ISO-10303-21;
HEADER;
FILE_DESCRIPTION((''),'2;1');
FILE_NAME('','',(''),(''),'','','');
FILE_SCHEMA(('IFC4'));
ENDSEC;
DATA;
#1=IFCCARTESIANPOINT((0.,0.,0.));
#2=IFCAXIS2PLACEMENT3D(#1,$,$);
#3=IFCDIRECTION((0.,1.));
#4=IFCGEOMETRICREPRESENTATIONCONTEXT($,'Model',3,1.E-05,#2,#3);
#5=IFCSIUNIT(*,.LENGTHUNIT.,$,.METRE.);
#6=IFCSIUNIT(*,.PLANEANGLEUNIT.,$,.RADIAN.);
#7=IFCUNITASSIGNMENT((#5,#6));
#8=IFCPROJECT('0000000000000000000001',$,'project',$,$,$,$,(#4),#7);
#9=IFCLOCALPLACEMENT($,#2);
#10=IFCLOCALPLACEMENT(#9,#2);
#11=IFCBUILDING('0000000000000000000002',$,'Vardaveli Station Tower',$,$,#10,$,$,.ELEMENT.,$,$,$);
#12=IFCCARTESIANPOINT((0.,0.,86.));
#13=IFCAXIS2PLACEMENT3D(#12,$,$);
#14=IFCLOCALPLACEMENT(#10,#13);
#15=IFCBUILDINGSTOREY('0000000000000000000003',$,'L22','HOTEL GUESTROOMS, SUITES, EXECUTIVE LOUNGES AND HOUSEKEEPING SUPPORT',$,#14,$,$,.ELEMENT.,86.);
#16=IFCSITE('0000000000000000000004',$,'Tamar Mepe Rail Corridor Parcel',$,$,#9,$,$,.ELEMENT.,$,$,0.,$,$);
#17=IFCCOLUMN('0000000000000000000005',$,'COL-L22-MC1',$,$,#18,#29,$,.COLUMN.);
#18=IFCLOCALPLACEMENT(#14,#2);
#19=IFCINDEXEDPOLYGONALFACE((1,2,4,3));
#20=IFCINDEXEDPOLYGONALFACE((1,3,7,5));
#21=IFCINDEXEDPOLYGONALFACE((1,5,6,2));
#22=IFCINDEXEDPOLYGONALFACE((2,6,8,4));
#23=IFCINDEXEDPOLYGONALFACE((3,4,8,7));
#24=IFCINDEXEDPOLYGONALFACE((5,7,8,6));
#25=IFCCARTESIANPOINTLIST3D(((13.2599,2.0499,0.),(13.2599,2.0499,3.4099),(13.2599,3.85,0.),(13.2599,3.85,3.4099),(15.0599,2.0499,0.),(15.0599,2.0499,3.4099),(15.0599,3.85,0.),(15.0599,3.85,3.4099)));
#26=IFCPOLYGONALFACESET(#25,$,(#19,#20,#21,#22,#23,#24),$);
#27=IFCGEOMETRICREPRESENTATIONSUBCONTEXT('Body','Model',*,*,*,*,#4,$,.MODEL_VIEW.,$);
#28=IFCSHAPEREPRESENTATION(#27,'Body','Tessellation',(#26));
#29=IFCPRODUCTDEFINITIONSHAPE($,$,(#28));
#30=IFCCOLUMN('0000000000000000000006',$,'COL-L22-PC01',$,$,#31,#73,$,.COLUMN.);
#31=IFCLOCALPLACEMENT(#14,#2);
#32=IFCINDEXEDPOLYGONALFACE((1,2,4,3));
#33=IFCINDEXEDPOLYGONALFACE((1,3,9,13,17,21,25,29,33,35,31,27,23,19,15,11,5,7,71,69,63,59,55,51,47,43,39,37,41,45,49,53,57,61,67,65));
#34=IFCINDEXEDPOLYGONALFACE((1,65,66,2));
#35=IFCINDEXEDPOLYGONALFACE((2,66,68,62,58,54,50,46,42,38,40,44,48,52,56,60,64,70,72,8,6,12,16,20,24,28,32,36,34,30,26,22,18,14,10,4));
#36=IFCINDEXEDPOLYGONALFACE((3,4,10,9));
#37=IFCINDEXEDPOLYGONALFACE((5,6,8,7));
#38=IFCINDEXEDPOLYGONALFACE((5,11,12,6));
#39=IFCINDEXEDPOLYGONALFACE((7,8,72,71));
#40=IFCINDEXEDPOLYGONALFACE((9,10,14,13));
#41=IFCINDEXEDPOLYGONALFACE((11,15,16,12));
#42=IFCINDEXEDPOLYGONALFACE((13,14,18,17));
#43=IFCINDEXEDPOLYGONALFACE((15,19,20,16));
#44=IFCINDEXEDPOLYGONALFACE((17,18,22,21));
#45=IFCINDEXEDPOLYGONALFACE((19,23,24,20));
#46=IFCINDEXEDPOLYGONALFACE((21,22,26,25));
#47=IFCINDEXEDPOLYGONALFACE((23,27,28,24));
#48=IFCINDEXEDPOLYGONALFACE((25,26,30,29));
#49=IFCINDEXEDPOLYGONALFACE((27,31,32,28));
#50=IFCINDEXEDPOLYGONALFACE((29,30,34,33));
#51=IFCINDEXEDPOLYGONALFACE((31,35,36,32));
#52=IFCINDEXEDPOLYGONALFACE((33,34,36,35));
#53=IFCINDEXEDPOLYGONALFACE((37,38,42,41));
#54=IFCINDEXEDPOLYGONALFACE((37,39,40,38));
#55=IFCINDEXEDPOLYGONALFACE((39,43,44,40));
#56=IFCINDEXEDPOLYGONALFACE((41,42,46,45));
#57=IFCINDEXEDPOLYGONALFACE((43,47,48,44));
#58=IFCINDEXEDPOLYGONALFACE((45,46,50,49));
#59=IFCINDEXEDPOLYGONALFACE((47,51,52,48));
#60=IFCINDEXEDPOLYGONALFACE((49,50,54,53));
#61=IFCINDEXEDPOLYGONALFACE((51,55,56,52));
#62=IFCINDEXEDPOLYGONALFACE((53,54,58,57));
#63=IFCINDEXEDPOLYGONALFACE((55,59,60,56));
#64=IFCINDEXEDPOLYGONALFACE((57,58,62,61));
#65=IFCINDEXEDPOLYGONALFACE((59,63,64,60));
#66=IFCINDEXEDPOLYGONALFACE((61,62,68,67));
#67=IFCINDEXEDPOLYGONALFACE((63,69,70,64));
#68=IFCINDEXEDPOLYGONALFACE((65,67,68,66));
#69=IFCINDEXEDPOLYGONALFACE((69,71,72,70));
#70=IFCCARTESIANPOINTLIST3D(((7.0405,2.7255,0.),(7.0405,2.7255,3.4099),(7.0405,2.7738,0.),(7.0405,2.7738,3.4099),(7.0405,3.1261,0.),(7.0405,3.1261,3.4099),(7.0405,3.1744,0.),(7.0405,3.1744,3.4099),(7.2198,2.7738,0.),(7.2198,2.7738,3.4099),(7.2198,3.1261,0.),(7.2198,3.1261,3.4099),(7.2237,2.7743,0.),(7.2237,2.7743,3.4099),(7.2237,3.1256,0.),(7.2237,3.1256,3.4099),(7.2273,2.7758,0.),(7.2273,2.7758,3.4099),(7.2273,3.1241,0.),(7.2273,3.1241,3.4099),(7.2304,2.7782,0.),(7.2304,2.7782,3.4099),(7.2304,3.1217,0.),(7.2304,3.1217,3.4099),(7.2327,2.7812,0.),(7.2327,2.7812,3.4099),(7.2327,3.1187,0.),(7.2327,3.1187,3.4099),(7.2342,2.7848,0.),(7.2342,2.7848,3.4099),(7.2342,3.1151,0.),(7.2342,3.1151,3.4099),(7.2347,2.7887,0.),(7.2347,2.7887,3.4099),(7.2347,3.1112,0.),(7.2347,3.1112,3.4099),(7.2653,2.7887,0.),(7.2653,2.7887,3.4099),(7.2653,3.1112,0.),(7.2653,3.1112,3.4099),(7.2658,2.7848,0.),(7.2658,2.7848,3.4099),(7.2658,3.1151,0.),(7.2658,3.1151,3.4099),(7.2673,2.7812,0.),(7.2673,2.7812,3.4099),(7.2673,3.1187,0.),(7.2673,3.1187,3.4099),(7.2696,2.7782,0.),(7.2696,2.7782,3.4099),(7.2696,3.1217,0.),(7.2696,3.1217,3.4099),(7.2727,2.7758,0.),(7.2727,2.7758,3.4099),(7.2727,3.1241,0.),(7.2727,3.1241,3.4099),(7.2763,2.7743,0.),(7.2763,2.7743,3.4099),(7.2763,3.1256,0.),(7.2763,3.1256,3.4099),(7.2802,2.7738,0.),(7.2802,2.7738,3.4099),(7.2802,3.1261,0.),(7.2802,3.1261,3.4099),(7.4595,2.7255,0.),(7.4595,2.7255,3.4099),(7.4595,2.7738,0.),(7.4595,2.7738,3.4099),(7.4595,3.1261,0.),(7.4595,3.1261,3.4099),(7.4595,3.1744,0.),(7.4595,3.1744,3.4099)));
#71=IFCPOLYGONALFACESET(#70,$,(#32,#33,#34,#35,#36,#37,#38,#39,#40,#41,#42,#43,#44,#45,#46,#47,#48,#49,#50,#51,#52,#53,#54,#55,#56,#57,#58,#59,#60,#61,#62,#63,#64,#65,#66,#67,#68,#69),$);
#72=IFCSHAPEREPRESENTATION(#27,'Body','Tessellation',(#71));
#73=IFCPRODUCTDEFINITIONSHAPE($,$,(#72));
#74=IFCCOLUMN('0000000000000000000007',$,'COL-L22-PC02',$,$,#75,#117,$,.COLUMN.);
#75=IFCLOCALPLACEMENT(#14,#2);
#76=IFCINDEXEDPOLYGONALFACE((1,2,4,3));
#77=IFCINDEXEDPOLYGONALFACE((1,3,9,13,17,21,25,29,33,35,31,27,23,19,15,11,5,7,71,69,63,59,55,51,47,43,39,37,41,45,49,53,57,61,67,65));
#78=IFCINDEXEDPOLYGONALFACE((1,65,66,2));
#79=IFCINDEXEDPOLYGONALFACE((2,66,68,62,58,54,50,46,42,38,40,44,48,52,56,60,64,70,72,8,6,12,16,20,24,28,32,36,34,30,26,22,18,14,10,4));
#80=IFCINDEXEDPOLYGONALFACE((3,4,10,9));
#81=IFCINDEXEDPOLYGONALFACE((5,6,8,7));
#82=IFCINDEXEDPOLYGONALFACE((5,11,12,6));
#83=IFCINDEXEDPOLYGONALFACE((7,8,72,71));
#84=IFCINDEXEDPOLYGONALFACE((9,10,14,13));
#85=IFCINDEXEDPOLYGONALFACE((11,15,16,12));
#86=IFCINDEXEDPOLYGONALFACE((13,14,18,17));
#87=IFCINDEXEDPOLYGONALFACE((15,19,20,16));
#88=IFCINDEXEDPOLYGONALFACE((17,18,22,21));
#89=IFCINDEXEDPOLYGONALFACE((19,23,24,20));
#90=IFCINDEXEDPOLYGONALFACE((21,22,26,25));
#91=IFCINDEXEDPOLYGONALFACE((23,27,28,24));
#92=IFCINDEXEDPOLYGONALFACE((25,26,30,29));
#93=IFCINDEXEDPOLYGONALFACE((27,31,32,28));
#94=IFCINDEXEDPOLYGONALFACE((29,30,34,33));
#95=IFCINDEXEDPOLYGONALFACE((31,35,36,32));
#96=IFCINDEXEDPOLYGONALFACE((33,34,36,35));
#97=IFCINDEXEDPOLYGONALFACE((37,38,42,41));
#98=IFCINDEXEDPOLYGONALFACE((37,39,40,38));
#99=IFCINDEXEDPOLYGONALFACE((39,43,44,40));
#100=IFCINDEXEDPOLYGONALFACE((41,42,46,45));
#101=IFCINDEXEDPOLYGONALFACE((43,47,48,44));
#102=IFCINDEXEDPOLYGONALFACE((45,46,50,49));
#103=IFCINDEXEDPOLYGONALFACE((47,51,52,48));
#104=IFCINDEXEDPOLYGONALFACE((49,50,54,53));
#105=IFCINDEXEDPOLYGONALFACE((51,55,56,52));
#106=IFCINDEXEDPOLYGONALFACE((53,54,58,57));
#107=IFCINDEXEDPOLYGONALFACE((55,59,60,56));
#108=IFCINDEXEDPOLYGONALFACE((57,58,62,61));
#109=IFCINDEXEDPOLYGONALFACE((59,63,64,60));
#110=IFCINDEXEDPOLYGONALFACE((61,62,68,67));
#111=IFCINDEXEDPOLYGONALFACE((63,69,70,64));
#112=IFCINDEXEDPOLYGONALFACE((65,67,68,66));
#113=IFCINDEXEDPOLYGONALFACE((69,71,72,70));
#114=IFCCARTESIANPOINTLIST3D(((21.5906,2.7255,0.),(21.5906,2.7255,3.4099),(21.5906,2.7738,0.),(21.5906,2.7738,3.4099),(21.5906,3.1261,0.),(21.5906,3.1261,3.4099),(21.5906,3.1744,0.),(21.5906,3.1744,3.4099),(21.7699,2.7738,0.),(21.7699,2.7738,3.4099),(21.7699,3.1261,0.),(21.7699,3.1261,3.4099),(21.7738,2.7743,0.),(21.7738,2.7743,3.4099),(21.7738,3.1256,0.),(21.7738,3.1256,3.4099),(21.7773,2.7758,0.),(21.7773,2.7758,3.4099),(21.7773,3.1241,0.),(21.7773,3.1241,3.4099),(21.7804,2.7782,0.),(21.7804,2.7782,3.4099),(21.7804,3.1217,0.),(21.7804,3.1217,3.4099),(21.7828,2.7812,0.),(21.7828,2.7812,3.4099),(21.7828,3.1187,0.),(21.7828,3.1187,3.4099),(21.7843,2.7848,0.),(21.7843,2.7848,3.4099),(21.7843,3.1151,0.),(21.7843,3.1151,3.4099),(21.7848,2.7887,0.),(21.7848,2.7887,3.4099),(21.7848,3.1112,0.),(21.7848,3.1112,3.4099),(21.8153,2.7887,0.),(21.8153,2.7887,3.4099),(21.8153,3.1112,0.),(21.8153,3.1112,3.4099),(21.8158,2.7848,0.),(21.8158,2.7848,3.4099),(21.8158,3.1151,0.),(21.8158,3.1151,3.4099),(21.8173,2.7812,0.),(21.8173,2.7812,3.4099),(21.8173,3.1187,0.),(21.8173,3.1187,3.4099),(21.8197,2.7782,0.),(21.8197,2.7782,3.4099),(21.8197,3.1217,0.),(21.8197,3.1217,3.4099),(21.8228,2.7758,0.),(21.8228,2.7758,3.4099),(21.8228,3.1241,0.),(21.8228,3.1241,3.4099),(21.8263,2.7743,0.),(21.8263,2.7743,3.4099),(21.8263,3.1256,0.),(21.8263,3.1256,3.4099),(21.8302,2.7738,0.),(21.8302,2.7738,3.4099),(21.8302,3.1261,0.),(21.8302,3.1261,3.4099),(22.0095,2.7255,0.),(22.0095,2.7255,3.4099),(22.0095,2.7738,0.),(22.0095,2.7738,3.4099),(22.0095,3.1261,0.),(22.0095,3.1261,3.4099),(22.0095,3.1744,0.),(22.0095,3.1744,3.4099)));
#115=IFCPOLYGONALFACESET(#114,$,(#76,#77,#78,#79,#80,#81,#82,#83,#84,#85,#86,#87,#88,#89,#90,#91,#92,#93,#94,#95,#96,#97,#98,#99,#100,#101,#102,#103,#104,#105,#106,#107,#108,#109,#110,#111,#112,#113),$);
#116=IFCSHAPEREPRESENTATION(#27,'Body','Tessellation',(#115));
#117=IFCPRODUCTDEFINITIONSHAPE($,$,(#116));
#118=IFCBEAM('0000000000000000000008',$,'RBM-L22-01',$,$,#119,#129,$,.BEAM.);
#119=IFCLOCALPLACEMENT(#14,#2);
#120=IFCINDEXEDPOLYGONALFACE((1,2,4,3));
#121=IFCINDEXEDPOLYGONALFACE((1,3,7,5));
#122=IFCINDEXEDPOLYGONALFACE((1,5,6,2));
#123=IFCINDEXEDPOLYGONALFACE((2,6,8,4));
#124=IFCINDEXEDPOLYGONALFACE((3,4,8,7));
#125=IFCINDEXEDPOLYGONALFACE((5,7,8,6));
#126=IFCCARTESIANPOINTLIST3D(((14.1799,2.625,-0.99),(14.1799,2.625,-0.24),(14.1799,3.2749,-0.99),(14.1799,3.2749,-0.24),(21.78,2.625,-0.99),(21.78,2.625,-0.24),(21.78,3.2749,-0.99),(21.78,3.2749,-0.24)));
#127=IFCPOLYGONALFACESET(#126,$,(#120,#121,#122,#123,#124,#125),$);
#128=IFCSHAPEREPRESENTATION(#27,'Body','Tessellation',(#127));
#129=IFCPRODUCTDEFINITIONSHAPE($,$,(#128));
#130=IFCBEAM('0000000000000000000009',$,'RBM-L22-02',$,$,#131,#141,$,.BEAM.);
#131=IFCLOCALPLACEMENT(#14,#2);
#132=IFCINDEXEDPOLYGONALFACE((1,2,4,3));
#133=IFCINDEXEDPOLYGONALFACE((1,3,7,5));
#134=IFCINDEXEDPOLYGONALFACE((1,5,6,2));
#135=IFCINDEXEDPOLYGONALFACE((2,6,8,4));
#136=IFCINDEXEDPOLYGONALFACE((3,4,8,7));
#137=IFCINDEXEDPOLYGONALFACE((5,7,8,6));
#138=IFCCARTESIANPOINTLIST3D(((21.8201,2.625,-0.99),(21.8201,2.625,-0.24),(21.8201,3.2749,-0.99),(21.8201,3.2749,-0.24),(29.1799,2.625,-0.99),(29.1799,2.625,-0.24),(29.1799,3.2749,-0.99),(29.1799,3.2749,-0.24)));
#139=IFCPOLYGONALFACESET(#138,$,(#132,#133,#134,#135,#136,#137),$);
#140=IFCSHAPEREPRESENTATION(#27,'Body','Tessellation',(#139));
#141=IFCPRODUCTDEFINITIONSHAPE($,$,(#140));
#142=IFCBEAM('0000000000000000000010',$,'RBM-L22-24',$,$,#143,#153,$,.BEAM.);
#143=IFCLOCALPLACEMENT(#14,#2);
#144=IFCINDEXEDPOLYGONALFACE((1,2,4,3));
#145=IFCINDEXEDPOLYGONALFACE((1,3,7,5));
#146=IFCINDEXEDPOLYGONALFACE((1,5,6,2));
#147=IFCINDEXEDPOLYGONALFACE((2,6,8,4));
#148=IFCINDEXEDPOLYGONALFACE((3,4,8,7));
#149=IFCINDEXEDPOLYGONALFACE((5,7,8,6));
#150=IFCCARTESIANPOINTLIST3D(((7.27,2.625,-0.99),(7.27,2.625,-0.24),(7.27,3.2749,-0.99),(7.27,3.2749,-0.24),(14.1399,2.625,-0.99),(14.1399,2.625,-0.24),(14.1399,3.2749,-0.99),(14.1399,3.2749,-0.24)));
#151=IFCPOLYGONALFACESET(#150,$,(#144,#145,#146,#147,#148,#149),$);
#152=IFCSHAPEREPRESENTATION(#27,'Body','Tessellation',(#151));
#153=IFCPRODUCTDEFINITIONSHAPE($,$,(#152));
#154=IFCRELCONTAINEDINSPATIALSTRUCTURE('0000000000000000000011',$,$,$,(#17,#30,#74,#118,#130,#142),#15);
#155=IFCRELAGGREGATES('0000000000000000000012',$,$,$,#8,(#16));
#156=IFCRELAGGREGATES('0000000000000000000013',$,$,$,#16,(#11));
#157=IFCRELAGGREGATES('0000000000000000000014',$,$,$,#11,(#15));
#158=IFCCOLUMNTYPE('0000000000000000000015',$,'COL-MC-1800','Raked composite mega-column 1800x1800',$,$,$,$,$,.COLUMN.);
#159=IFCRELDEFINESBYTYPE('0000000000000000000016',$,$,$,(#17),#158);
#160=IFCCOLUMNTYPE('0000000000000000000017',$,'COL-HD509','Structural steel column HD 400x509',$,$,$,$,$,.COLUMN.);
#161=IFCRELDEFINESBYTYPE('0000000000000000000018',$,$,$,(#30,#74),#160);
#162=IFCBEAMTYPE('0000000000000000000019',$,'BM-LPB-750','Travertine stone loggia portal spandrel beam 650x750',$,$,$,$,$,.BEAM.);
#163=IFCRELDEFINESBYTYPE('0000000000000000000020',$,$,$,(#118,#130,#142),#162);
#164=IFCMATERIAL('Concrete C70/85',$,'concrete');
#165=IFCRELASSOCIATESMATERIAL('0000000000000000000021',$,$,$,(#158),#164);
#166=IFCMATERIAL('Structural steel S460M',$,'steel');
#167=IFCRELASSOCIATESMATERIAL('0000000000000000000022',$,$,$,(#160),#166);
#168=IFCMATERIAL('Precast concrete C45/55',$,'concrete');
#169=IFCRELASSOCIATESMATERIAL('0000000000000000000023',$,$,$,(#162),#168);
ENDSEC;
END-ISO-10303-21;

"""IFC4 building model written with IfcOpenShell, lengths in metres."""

from ifc_helpers import new_model, si_unit, direction, frame, origin, origin_2d, place, context, subcontext, project, spatial, rectangle, i_section, extrude, source, transform, mapped, material, material_profile, profile_set, type_object, element, save


model = new_model("IFC4")

# Units and contexts
model_context = context("Model", 3, precision=1e-05, world=origin(), true_north=direction((0.0, 1.0)))
body_context = subcontext(model_context, "Body", "Model", "MODEL_VIEW")
ifc_project = project(units=[si_unit("LENGTHUNIT", "METRE"), si_unit("PLANEANGLEUNIT", "RADIAN")], contexts=[model_context])

# Site, building, storey
site_placement = place(None, origin())
site = spatial("IfcSite", under=ifc_project, at=site_placement, Name="Tamar Mepe Rail Corridor Parcel", CompositionType="ELEMENT", RefElevation=0.0)
building_placement = place(site_placement, origin())
building = spatial("IfcBuilding", under=site, at=building_placement, Name="Vardaveli Station Tower", CompositionType="ELEMENT")
storey_placement = place(building_placement, frame((0.0, 0.0, 86.0)))
storey = spatial("IfcBuildingStorey", under=building, at=storey_placement, Name="L22", Description="HOTEL GUESTROOMS, SUITES, EXECUTIVE LOUNGES AND HOUSEKEEPING SUPPORT", CompositionType="ELEMENT", Elevation=86.0)

# Columns
ifc_material_1 = material(Name="Concrete C70/85", Category="concrete")
ifc_material_profile_1 = material_profile(ifc_material_1, rectangle(XDim=1.8, YDim=1.8, at=origin_2d()), Name="MC 1800x1800")
ifc_profile_set_1 = profile_set([ifc_material_profile_1], Name="Concrete C70/85")
column_type_1 = type_object("IfcColumnType", Name="COL-MC-1800", Description="Raked composite mega-column 1800x1800", PredefinedType="COLUMN", material=ifc_profile_set_1)
shared_shape_1 = source(origin(), body_context, "Body", "SweptSolid", [
    extrude(rectangle(XDim=1.8, YDim=1.8, at=origin_2d()), origin(), (0.0, 0.0, 1.0), 3.4099),
])
column_placement = place(storey_placement, frame((14.1599, 2.95, 0.0), z_axis=(0.0, 0.0, 1.0), x_axis=(1.0, 0.0, 0.0)))
element("IfcColumn", 1, at=column_placement, inside=storey, type_object=column_type_1, Name="COL-L22-MC1", PredefinedType="COLUMN", context=body_context, shape_type="MappedRepresentation", body=[
    mapped(shared_shape_1, transform((0.0, 0.0, 0.0), scale=1.0)),
])
ifc_material_2 = material(Name="Structural steel S460M", Category="steel")
ifc_material_profile_2 = material_profile(ifc_material_2, i_section(OverallWidth=0.4189, OverallDepth=0.449, WebThickness=0.0305, FlangeThickness=0.0483, FilletRadius=0.0149, at=origin_2d()), Name="HD 400x509")
ifc_profile_set_2 = profile_set([ifc_material_profile_2], Name="Structural steel S460M")
column_type_2 = type_object("IfcColumnType", Name="COL-HD509", Description="Structural steel column HD 400x509", PredefinedType="COLUMN", material=ifc_profile_set_2)
shared_shape_2 = source(origin(), body_context, "Body", "SweptSolid", [
    extrude(i_section(OverallWidth=0.4189, OverallDepth=0.449, WebThickness=0.0305, FlangeThickness=0.0483, FilletRadius=0.0149, at=origin_2d()), origin(), (0.0, 0.0, 1.0), 3.4099),
])
for number, where, z_axis, x_axis, name in (
    (2, (7.25, 2.95, 0.0), (0.0, 0.0, 1.0), (1.0, 0.0, 0.0), "COL-L22-PC01"),
    (3, (21.8, 2.95, 0.0), (0.0, 0.0, 1.0), (1.0, 0.0, 0.0), "COL-L22-PC02"),
):
    element("IfcColumn", number, at=place(storey_placement, frame(where, z_axis=z_axis, x_axis=x_axis)), inside=storey, type_object=column_type_2, Name=name, PredefinedType="COLUMN", context=body_context, shape_type="MappedRepresentation", body=[
        mapped(shared_shape_2, transform((0.0, 0.0, 0.0), scale=1.0)),
    ])

# Beams
ifc_material_3 = material(Name="Precast concrete C45/55", Category="concrete")
ifc_material_profile_3 = material_profile(ifc_material_3, rectangle(XDim=0.6499, YDim=0.75, at=origin_2d()), Name="LPB 650x750")
ifc_profile_set_3 = profile_set([ifc_material_profile_3], Name="Precast concrete C45/55")
beam_type_1 = type_object("IfcBeamType", Name="BM-LPB-750", Description="Travertine stone loggia portal spandrel beam 650x750", PredefinedType="BEAM", material=ifc_profile_set_3)
shared_shape_3 = source(origin(), body_context, "Body", "SweptSolid", [
    extrude(rectangle(XDim=0.6499, YDim=0.75, at=origin_2d()), origin(), (0.0, 0.0, 1.0), 7.6001),
])
beam_1_placement = place(storey_placement, frame((14.1799, 2.95, -0.615), z_axis=(1.0, 0.0, 0.0), x_axis=(0.0, 1.0, 0.0)))
element("IfcBeam", 4, at=beam_1_placement, inside=storey, type_object=beam_type_1, Name="RBM-L22-01", PredefinedType="BEAM", context=body_context, shape_type="MappedRepresentation", body=[
    mapped(shared_shape_3, transform((0.0, 0.0, 0.0), scale=1.0)),
])
shared_shape_4 = source(origin(), body_context, "Body", "SweptSolid", [
    extrude(rectangle(XDim=0.6499, YDim=0.75, at=origin_2d()), origin(), (0.0, 0.0, 1.0), 7.3599),
])
beam_2_placement = place(storey_placement, frame((21.8201, 2.95, -0.615), z_axis=(1.0, 0.0, 0.0), x_axis=(0.0, 1.0, 0.0)))
element("IfcBeam", 5, at=beam_2_placement, inside=storey, type_object=beam_type_1, Name="RBM-L22-02", PredefinedType="BEAM", context=body_context, shape_type="MappedRepresentation", body=[
    mapped(shared_shape_4, transform((0.0, 0.0, 0.0), scale=1.0)),
])
shared_shape_5 = source(origin(), body_context, "Body", "SweptSolid", [
    extrude(rectangle(XDim=0.6499, YDim=0.75, at=origin_2d()), origin(), (0.0, 0.0, 1.0), 6.8699),
])
beam_3_placement = place(storey_placement, frame((7.27, 2.95, -0.615), z_axis=(1.0, 0.0, 0.0), x_axis=(0.0, 1.0, 0.0)))
element("IfcBeam", 6, at=beam_3_placement, inside=storey, type_object=beam_type_1, Name="RBM-L22-24", PredefinedType="BEAM", context=body_context, shape_type="MappedRepresentation", body=[
    mapped(shared_shape_5, transform((0.0, 0.0, 0.0), scale=1.0)),
])

save(model, "model.ifc")
